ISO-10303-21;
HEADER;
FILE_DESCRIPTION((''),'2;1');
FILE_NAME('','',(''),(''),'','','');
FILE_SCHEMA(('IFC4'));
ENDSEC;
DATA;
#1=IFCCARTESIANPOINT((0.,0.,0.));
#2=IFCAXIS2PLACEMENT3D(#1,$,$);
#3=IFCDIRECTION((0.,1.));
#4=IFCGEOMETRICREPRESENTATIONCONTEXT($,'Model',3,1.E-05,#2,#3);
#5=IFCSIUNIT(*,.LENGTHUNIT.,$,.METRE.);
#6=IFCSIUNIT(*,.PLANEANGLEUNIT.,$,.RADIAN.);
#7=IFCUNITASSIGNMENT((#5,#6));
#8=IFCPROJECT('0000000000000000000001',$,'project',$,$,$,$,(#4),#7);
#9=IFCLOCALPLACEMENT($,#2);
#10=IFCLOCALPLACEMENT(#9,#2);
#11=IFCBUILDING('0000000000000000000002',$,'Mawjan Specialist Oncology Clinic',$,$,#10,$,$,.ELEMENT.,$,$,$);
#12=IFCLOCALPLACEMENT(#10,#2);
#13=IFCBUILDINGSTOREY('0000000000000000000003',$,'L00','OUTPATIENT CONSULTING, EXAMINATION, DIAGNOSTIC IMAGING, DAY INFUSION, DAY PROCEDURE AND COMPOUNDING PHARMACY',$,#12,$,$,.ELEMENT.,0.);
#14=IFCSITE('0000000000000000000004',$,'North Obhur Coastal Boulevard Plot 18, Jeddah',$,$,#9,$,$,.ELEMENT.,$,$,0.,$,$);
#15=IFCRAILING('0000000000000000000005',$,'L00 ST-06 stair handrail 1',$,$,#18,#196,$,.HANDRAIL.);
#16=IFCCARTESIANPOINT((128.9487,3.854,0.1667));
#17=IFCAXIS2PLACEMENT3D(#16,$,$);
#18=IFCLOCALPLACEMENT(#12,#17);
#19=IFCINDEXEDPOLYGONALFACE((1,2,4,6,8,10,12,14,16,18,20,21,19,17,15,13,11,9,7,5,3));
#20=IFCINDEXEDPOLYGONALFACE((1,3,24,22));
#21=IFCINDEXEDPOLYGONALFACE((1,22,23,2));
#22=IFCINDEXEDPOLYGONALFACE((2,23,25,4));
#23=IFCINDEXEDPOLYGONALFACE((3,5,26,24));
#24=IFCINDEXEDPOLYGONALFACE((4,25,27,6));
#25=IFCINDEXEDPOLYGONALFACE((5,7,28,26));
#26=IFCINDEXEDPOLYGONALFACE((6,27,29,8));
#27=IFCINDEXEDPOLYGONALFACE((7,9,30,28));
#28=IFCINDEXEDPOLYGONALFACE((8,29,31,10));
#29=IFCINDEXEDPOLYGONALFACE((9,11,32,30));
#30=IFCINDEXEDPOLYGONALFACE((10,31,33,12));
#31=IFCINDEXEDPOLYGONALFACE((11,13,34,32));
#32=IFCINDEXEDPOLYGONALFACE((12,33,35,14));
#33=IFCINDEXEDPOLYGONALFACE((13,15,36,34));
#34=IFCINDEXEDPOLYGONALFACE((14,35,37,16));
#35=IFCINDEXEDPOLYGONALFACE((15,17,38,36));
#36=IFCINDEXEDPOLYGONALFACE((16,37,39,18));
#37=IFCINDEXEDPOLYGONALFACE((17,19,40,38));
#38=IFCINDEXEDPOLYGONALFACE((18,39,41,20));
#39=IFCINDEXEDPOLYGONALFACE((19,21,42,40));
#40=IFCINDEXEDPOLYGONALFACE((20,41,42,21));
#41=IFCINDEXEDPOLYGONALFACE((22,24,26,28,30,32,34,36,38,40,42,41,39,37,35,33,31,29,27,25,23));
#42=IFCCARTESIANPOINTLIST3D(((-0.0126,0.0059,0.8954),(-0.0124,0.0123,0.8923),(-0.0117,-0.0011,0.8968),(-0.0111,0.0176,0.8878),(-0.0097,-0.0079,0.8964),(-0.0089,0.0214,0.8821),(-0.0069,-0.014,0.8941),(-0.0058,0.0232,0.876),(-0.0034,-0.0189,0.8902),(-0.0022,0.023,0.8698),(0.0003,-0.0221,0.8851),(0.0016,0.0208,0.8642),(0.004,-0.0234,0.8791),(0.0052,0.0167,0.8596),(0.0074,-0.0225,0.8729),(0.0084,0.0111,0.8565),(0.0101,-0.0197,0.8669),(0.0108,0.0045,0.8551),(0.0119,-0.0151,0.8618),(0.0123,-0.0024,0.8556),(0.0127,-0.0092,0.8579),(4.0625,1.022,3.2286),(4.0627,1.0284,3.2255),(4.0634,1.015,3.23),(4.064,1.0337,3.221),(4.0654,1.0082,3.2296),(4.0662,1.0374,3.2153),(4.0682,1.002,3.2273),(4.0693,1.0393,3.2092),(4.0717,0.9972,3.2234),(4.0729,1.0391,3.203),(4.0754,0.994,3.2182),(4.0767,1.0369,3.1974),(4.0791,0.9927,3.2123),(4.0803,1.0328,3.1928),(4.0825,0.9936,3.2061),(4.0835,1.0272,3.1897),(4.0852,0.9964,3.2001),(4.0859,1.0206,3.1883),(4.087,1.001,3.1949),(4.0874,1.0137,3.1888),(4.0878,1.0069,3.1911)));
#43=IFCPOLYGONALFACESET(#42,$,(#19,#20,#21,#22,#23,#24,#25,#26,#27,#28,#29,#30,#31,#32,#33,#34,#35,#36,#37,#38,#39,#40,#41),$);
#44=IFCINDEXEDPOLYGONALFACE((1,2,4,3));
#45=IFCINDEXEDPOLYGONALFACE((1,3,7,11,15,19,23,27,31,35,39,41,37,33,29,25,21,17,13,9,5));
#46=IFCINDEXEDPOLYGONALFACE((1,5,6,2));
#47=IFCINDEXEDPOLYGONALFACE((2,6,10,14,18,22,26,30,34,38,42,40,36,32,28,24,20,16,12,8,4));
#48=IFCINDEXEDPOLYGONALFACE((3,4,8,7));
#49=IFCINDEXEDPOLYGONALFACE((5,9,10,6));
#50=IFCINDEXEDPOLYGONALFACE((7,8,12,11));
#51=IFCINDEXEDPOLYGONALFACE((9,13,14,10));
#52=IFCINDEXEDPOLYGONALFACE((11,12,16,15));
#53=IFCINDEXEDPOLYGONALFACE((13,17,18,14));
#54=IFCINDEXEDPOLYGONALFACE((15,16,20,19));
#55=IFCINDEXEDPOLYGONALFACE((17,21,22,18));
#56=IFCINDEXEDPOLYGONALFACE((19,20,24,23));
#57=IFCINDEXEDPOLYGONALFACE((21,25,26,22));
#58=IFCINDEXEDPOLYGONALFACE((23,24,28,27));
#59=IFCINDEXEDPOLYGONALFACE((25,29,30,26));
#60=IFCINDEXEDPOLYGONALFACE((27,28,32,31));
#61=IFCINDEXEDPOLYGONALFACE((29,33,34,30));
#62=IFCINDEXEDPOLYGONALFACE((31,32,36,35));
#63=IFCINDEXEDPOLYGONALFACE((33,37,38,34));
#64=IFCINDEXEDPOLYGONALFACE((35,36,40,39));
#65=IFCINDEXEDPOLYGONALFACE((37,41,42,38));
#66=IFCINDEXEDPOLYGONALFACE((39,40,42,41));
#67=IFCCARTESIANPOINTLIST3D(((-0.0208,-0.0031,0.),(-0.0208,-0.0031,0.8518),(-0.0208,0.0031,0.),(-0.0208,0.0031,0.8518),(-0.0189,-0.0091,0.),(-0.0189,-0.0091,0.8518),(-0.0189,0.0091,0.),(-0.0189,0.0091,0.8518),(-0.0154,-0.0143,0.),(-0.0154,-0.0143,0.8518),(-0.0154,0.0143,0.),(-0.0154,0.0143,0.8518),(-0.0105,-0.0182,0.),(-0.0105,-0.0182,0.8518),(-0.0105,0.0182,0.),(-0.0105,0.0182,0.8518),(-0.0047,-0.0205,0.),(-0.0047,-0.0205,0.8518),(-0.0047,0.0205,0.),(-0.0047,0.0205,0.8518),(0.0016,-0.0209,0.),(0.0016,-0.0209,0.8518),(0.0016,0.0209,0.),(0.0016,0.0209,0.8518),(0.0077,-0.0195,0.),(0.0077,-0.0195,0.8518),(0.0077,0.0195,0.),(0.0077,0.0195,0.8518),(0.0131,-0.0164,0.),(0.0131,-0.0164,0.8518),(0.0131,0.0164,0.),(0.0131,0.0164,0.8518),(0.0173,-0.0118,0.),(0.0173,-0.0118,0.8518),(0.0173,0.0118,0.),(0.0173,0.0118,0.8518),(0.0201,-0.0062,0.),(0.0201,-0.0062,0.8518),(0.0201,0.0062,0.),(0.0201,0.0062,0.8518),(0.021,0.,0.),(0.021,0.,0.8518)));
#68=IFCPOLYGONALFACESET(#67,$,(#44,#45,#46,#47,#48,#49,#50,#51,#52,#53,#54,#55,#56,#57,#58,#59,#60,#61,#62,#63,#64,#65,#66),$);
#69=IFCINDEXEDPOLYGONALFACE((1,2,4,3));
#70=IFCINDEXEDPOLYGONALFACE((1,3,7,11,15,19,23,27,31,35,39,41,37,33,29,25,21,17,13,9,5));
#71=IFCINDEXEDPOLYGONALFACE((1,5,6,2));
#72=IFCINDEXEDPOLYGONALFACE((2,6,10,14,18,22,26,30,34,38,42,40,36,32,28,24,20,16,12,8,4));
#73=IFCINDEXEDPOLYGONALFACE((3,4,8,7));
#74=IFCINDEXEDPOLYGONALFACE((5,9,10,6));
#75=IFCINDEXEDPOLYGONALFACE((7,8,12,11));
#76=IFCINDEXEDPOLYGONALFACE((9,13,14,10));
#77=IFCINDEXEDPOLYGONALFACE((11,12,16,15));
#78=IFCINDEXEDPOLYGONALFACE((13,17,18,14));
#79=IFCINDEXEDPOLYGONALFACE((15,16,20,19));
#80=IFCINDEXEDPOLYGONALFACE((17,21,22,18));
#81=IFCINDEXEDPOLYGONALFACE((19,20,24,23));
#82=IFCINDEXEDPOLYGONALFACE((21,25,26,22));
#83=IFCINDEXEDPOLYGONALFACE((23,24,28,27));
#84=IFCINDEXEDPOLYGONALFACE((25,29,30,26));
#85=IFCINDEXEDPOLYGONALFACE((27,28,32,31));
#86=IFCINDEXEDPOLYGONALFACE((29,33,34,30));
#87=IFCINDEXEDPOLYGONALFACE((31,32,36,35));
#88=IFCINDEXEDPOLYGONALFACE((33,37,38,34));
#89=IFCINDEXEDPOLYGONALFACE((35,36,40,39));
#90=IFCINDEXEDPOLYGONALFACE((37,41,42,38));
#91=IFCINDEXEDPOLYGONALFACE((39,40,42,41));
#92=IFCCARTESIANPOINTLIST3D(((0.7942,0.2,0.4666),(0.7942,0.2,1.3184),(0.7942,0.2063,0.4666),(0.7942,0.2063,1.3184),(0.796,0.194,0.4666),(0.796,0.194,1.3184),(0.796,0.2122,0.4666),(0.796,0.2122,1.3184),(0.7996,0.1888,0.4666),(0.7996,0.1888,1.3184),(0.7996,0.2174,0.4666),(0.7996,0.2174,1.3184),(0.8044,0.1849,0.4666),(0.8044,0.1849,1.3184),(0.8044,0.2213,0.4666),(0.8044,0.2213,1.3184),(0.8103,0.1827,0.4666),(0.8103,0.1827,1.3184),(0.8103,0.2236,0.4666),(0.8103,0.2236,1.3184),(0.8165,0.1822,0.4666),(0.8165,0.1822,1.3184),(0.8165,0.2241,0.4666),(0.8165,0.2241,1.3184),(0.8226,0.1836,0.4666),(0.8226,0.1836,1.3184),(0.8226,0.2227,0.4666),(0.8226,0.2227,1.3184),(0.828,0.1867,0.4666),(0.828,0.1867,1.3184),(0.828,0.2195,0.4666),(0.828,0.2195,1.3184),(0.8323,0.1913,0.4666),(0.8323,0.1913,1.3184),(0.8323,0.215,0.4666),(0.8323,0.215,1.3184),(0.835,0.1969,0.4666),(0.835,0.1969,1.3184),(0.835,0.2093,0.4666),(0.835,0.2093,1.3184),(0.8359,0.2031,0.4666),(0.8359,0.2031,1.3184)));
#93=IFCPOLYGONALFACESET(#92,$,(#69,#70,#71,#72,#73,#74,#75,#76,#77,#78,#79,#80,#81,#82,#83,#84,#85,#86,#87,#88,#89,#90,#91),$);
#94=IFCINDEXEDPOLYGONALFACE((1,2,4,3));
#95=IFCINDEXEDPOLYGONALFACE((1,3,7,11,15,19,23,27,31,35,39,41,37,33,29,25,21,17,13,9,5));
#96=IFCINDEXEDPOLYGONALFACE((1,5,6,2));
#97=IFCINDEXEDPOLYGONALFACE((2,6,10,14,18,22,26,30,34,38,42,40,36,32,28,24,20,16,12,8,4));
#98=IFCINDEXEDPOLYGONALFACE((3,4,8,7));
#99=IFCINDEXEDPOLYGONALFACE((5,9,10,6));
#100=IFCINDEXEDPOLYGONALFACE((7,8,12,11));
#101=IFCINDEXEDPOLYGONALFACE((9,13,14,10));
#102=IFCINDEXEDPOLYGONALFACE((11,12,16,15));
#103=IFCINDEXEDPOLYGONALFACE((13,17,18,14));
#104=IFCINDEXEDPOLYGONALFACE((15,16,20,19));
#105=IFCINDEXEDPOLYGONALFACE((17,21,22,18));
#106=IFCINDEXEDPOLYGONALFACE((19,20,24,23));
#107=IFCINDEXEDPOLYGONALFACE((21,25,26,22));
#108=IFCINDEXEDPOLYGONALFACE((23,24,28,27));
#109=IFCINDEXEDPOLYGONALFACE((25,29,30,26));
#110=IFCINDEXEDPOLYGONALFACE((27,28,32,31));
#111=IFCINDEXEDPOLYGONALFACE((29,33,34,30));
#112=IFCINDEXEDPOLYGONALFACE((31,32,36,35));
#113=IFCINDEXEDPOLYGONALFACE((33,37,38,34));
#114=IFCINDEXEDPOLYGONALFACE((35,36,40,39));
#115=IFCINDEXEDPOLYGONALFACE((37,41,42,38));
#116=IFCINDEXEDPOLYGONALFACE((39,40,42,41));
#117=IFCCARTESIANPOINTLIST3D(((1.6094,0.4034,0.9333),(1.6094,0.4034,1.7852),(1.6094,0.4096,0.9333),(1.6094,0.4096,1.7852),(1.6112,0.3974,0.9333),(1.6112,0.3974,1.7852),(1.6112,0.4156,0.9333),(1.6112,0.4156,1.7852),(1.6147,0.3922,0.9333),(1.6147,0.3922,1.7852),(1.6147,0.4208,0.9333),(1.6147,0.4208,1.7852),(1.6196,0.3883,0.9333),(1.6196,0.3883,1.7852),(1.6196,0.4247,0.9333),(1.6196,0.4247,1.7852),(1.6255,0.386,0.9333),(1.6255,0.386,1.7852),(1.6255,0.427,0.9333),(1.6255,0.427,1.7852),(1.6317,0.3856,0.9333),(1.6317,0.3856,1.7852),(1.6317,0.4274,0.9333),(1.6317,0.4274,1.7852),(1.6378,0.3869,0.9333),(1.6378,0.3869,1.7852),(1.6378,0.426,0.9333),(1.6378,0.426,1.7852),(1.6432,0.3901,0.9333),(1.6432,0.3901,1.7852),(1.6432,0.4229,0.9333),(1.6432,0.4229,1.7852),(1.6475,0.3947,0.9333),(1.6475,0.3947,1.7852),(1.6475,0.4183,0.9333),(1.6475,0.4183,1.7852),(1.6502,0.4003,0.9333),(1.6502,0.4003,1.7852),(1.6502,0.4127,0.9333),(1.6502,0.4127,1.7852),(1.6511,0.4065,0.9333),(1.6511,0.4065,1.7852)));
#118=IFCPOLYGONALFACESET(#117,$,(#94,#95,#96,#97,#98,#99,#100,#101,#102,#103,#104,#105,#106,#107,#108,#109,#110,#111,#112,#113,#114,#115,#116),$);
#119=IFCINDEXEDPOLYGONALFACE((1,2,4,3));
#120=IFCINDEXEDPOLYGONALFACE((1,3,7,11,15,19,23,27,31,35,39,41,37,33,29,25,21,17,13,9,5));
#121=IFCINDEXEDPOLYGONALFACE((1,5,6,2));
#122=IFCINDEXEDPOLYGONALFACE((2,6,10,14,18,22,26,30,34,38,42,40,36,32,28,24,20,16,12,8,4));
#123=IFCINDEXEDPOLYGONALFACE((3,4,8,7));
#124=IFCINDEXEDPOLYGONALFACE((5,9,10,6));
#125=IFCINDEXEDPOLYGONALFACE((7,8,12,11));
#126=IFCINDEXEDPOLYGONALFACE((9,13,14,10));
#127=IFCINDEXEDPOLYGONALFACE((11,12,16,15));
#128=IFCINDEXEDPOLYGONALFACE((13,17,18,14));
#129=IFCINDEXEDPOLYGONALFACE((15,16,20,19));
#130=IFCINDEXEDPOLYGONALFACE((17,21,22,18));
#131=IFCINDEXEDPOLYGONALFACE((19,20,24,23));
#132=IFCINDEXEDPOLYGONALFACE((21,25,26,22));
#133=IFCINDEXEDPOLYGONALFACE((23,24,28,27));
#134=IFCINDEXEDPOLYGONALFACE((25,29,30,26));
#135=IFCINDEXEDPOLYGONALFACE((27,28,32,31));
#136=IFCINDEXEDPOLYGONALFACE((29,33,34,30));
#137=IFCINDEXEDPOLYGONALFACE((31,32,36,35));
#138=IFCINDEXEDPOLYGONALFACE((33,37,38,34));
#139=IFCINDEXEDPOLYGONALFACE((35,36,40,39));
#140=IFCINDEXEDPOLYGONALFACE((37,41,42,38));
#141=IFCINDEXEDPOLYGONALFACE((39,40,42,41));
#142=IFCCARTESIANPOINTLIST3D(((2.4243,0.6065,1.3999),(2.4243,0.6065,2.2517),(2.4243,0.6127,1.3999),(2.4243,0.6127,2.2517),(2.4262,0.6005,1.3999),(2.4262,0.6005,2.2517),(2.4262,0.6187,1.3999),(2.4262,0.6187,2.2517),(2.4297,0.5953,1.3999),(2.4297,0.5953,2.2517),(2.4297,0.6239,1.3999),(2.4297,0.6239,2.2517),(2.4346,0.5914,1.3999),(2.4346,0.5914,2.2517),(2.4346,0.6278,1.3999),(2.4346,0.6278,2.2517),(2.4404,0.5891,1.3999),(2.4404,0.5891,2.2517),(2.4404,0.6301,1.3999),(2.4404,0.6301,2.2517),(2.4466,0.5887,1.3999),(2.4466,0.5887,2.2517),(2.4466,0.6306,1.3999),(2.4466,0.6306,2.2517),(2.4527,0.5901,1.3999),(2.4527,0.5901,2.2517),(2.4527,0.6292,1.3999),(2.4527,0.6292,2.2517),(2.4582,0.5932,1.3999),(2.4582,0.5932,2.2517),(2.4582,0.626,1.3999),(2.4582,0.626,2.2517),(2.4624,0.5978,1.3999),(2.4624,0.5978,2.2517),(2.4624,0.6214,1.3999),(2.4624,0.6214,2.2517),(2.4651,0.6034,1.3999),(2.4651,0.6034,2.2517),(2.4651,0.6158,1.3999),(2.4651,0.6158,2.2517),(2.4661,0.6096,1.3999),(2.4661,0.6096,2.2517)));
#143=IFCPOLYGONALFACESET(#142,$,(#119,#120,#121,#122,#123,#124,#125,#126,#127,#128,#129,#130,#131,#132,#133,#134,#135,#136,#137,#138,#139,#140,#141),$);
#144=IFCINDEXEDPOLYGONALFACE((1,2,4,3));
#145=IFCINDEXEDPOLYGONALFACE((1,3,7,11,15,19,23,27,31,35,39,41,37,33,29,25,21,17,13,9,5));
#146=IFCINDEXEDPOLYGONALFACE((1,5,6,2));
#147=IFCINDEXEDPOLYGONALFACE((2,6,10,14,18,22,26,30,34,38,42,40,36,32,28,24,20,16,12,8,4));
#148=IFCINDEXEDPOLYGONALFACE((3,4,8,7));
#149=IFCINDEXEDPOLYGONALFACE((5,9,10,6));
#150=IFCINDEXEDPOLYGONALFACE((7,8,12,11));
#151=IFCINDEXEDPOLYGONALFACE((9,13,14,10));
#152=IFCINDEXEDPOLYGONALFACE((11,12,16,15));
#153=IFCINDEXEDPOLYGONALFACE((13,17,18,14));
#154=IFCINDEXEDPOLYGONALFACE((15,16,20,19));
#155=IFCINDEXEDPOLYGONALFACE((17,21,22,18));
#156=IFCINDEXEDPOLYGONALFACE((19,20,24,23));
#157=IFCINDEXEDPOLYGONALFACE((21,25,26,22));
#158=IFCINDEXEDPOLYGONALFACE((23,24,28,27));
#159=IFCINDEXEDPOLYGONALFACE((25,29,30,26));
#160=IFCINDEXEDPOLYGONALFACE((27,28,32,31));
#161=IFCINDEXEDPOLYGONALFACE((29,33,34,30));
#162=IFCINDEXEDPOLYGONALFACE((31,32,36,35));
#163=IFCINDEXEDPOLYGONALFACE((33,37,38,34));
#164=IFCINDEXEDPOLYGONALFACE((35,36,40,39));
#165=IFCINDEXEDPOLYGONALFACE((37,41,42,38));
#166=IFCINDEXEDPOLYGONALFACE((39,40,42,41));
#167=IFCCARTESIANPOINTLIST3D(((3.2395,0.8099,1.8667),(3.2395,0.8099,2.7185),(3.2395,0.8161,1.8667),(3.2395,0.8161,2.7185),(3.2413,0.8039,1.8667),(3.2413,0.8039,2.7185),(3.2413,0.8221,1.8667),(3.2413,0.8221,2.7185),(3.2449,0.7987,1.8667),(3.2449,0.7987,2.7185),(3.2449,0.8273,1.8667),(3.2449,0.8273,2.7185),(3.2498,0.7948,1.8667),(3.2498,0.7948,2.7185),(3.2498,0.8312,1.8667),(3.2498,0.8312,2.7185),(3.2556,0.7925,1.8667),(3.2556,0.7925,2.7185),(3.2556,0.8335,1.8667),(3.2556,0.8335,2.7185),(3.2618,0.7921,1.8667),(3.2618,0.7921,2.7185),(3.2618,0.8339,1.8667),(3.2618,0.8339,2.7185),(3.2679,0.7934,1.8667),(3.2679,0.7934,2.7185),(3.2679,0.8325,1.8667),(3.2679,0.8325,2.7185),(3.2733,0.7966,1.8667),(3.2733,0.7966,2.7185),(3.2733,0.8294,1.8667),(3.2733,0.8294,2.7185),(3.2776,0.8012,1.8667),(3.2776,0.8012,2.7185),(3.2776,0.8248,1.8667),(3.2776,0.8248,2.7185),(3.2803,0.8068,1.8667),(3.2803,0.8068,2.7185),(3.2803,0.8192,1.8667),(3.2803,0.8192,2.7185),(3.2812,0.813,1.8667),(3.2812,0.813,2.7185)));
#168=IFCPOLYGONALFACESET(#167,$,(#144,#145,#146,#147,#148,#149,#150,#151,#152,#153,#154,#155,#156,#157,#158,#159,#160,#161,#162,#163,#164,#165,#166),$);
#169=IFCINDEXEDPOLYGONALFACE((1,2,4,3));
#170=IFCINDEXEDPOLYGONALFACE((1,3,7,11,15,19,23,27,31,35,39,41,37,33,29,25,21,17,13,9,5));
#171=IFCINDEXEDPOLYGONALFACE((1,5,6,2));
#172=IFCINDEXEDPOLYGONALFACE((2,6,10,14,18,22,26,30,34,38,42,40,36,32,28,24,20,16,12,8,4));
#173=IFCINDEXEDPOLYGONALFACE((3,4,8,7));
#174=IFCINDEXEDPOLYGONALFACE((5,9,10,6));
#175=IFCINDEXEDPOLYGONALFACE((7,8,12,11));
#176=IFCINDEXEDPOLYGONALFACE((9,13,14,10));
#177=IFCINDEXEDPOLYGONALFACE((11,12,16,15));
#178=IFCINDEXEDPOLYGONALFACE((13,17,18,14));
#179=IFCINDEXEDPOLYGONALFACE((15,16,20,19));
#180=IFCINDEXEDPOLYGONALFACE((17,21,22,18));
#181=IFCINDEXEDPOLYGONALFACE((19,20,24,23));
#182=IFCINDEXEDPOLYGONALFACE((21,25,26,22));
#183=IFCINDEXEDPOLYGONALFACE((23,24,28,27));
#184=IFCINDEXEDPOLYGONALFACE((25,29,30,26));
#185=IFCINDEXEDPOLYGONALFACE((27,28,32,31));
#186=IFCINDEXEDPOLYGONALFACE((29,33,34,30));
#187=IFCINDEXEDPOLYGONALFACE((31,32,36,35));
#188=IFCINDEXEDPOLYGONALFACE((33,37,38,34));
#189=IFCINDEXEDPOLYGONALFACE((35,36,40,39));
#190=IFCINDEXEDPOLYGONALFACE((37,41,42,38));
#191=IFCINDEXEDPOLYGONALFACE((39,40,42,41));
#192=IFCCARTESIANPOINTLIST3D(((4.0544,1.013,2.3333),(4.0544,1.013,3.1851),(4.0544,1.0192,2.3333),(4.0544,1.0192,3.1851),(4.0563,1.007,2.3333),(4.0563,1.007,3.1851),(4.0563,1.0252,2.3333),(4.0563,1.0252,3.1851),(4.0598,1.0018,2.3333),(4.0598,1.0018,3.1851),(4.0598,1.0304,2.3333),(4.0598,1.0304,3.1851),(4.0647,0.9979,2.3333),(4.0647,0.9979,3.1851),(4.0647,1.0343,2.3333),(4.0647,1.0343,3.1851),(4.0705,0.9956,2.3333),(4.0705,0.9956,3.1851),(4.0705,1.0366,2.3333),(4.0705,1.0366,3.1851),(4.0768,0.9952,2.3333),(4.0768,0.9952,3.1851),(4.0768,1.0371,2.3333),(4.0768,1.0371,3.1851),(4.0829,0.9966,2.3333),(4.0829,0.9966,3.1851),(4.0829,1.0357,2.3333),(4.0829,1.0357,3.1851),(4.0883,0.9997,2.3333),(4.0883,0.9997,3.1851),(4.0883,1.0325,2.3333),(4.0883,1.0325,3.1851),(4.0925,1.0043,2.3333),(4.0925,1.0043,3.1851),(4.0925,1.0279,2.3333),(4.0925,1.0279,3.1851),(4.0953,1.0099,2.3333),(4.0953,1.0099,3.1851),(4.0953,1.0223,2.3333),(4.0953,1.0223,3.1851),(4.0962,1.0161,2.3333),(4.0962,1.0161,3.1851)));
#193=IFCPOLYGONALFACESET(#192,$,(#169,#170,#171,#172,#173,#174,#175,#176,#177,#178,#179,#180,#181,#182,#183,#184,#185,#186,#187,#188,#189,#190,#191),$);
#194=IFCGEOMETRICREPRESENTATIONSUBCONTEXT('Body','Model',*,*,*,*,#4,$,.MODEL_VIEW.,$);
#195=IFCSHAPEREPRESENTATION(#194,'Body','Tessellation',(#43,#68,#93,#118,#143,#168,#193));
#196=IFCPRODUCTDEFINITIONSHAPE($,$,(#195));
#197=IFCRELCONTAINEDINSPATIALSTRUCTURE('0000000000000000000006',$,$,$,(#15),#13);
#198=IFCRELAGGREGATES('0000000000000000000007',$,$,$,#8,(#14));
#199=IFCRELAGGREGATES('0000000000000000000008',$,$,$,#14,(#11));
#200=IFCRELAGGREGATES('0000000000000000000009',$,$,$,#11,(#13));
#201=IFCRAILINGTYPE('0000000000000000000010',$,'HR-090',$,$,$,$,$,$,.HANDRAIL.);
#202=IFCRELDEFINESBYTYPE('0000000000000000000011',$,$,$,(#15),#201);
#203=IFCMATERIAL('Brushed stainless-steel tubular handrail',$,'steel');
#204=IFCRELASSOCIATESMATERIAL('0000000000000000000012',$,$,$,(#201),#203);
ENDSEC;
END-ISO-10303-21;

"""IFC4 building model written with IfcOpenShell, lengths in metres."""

from ifc_helpers import new_model, si_unit, direction, frame, origin, origin_2d, place, context, subcontext, project, spatial, circle, extrude, material, type_object, element, save


model = new_model("IFC4")

# Units and contexts
model_context = context("Model", 3, precision=1e-05, world=origin(), true_north=direction((0.0, 1.0)))
body_context = subcontext(model_context, "Body", "Model", "MODEL_VIEW")
ifc_project = project(units=[si_unit("LENGTHUNIT", "METRE"), si_unit("PLANEANGLEUNIT", "RADIAN")], contexts=[model_context])

# Site, building, storey
site_placement = place(None, origin())
site = spatial("IfcSite", under=ifc_project, at=site_placement, Name="North Obhur Coastal Boulevard Plot 18, Jeddah", CompositionType="ELEMENT", RefElevation=0.0)
building_placement = place(site_placement, origin())
building = spatial("IfcBuilding", under=site, at=building_placement, Name="Mawjan Specialist Oncology Clinic", CompositionType="ELEMENT")
storey_placement = place(building_placement, origin())
storey = spatial("IfcBuildingStorey", under=building, at=storey_placement, Name="L00", Description="OUTPATIENT CONSULTING, EXAMINATION, DIAGNOSTIC IMAGING, DAY INFUSION, DAY PROCEDURE AND COMPOUNDING PHARMACY", CompositionType="ELEMENT", Elevation=0.0)

# Railing
ifc_material_1 = material(Name="Brushed stainless-steel tubular handrail", Category="steel")
railing_type = type_object("IfcRailingType", Name="HR-090", PredefinedType="HANDRAIL", material=ifc_material_1)
railing_placement = place(storey_placement, frame((128.9487, 3.854, 0.1667)))
element("IfcRailing", 1, at=railing_placement, inside=storey, type_object=railing_type, Name="L00 ST-06 stair handrail 1", PredefinedType="HANDRAIL", context=body_context, shape_type="SweptSolid", body=[
    extrude(circle(Radius=0.0239, at=origin_2d()), frame((0.0, 0.0, 0.876), z_axis=(0.848194, 0.211489, 0.485633), x_axis=(-0.241934, 0.970293, 0.0)), (0.0, 0.0, 1.0), 4.8044),
    extrude(circle(Radius=0.021, at=origin_2d()), origin(), (0.0, 0.0, 1.0), 0.8518),
    extrude(circle(Radius=0.021, at=origin_2d()), frame((0.8149, 0.2031, 0.4666)), (0.0, 0.0, 1.0), 0.8518),
    extrude(circle(Radius=0.021, at=origin_2d()), frame((1.6301, 0.4065, 0.9333)), (0.0, 0.0, 1.0), 0.8518),
    extrude(circle(Radius=0.021, at=origin_2d()), frame((2.4451, 0.6096, 1.3999)), (0.0, 0.0, 1.0), 0.8518),
    extrude(circle(Radius=0.021, at=origin_2d()), frame((3.2603, 0.813, 1.8667)), (0.0, 0.0, 1.0), 0.8518),
    extrude(circle(Radius=0.021, at=origin_2d()), frame((4.0752, 1.0161, 2.3333)), (0.0, 0.0, 1.0), 0.8518),
])

save(model, "model.ifc")
